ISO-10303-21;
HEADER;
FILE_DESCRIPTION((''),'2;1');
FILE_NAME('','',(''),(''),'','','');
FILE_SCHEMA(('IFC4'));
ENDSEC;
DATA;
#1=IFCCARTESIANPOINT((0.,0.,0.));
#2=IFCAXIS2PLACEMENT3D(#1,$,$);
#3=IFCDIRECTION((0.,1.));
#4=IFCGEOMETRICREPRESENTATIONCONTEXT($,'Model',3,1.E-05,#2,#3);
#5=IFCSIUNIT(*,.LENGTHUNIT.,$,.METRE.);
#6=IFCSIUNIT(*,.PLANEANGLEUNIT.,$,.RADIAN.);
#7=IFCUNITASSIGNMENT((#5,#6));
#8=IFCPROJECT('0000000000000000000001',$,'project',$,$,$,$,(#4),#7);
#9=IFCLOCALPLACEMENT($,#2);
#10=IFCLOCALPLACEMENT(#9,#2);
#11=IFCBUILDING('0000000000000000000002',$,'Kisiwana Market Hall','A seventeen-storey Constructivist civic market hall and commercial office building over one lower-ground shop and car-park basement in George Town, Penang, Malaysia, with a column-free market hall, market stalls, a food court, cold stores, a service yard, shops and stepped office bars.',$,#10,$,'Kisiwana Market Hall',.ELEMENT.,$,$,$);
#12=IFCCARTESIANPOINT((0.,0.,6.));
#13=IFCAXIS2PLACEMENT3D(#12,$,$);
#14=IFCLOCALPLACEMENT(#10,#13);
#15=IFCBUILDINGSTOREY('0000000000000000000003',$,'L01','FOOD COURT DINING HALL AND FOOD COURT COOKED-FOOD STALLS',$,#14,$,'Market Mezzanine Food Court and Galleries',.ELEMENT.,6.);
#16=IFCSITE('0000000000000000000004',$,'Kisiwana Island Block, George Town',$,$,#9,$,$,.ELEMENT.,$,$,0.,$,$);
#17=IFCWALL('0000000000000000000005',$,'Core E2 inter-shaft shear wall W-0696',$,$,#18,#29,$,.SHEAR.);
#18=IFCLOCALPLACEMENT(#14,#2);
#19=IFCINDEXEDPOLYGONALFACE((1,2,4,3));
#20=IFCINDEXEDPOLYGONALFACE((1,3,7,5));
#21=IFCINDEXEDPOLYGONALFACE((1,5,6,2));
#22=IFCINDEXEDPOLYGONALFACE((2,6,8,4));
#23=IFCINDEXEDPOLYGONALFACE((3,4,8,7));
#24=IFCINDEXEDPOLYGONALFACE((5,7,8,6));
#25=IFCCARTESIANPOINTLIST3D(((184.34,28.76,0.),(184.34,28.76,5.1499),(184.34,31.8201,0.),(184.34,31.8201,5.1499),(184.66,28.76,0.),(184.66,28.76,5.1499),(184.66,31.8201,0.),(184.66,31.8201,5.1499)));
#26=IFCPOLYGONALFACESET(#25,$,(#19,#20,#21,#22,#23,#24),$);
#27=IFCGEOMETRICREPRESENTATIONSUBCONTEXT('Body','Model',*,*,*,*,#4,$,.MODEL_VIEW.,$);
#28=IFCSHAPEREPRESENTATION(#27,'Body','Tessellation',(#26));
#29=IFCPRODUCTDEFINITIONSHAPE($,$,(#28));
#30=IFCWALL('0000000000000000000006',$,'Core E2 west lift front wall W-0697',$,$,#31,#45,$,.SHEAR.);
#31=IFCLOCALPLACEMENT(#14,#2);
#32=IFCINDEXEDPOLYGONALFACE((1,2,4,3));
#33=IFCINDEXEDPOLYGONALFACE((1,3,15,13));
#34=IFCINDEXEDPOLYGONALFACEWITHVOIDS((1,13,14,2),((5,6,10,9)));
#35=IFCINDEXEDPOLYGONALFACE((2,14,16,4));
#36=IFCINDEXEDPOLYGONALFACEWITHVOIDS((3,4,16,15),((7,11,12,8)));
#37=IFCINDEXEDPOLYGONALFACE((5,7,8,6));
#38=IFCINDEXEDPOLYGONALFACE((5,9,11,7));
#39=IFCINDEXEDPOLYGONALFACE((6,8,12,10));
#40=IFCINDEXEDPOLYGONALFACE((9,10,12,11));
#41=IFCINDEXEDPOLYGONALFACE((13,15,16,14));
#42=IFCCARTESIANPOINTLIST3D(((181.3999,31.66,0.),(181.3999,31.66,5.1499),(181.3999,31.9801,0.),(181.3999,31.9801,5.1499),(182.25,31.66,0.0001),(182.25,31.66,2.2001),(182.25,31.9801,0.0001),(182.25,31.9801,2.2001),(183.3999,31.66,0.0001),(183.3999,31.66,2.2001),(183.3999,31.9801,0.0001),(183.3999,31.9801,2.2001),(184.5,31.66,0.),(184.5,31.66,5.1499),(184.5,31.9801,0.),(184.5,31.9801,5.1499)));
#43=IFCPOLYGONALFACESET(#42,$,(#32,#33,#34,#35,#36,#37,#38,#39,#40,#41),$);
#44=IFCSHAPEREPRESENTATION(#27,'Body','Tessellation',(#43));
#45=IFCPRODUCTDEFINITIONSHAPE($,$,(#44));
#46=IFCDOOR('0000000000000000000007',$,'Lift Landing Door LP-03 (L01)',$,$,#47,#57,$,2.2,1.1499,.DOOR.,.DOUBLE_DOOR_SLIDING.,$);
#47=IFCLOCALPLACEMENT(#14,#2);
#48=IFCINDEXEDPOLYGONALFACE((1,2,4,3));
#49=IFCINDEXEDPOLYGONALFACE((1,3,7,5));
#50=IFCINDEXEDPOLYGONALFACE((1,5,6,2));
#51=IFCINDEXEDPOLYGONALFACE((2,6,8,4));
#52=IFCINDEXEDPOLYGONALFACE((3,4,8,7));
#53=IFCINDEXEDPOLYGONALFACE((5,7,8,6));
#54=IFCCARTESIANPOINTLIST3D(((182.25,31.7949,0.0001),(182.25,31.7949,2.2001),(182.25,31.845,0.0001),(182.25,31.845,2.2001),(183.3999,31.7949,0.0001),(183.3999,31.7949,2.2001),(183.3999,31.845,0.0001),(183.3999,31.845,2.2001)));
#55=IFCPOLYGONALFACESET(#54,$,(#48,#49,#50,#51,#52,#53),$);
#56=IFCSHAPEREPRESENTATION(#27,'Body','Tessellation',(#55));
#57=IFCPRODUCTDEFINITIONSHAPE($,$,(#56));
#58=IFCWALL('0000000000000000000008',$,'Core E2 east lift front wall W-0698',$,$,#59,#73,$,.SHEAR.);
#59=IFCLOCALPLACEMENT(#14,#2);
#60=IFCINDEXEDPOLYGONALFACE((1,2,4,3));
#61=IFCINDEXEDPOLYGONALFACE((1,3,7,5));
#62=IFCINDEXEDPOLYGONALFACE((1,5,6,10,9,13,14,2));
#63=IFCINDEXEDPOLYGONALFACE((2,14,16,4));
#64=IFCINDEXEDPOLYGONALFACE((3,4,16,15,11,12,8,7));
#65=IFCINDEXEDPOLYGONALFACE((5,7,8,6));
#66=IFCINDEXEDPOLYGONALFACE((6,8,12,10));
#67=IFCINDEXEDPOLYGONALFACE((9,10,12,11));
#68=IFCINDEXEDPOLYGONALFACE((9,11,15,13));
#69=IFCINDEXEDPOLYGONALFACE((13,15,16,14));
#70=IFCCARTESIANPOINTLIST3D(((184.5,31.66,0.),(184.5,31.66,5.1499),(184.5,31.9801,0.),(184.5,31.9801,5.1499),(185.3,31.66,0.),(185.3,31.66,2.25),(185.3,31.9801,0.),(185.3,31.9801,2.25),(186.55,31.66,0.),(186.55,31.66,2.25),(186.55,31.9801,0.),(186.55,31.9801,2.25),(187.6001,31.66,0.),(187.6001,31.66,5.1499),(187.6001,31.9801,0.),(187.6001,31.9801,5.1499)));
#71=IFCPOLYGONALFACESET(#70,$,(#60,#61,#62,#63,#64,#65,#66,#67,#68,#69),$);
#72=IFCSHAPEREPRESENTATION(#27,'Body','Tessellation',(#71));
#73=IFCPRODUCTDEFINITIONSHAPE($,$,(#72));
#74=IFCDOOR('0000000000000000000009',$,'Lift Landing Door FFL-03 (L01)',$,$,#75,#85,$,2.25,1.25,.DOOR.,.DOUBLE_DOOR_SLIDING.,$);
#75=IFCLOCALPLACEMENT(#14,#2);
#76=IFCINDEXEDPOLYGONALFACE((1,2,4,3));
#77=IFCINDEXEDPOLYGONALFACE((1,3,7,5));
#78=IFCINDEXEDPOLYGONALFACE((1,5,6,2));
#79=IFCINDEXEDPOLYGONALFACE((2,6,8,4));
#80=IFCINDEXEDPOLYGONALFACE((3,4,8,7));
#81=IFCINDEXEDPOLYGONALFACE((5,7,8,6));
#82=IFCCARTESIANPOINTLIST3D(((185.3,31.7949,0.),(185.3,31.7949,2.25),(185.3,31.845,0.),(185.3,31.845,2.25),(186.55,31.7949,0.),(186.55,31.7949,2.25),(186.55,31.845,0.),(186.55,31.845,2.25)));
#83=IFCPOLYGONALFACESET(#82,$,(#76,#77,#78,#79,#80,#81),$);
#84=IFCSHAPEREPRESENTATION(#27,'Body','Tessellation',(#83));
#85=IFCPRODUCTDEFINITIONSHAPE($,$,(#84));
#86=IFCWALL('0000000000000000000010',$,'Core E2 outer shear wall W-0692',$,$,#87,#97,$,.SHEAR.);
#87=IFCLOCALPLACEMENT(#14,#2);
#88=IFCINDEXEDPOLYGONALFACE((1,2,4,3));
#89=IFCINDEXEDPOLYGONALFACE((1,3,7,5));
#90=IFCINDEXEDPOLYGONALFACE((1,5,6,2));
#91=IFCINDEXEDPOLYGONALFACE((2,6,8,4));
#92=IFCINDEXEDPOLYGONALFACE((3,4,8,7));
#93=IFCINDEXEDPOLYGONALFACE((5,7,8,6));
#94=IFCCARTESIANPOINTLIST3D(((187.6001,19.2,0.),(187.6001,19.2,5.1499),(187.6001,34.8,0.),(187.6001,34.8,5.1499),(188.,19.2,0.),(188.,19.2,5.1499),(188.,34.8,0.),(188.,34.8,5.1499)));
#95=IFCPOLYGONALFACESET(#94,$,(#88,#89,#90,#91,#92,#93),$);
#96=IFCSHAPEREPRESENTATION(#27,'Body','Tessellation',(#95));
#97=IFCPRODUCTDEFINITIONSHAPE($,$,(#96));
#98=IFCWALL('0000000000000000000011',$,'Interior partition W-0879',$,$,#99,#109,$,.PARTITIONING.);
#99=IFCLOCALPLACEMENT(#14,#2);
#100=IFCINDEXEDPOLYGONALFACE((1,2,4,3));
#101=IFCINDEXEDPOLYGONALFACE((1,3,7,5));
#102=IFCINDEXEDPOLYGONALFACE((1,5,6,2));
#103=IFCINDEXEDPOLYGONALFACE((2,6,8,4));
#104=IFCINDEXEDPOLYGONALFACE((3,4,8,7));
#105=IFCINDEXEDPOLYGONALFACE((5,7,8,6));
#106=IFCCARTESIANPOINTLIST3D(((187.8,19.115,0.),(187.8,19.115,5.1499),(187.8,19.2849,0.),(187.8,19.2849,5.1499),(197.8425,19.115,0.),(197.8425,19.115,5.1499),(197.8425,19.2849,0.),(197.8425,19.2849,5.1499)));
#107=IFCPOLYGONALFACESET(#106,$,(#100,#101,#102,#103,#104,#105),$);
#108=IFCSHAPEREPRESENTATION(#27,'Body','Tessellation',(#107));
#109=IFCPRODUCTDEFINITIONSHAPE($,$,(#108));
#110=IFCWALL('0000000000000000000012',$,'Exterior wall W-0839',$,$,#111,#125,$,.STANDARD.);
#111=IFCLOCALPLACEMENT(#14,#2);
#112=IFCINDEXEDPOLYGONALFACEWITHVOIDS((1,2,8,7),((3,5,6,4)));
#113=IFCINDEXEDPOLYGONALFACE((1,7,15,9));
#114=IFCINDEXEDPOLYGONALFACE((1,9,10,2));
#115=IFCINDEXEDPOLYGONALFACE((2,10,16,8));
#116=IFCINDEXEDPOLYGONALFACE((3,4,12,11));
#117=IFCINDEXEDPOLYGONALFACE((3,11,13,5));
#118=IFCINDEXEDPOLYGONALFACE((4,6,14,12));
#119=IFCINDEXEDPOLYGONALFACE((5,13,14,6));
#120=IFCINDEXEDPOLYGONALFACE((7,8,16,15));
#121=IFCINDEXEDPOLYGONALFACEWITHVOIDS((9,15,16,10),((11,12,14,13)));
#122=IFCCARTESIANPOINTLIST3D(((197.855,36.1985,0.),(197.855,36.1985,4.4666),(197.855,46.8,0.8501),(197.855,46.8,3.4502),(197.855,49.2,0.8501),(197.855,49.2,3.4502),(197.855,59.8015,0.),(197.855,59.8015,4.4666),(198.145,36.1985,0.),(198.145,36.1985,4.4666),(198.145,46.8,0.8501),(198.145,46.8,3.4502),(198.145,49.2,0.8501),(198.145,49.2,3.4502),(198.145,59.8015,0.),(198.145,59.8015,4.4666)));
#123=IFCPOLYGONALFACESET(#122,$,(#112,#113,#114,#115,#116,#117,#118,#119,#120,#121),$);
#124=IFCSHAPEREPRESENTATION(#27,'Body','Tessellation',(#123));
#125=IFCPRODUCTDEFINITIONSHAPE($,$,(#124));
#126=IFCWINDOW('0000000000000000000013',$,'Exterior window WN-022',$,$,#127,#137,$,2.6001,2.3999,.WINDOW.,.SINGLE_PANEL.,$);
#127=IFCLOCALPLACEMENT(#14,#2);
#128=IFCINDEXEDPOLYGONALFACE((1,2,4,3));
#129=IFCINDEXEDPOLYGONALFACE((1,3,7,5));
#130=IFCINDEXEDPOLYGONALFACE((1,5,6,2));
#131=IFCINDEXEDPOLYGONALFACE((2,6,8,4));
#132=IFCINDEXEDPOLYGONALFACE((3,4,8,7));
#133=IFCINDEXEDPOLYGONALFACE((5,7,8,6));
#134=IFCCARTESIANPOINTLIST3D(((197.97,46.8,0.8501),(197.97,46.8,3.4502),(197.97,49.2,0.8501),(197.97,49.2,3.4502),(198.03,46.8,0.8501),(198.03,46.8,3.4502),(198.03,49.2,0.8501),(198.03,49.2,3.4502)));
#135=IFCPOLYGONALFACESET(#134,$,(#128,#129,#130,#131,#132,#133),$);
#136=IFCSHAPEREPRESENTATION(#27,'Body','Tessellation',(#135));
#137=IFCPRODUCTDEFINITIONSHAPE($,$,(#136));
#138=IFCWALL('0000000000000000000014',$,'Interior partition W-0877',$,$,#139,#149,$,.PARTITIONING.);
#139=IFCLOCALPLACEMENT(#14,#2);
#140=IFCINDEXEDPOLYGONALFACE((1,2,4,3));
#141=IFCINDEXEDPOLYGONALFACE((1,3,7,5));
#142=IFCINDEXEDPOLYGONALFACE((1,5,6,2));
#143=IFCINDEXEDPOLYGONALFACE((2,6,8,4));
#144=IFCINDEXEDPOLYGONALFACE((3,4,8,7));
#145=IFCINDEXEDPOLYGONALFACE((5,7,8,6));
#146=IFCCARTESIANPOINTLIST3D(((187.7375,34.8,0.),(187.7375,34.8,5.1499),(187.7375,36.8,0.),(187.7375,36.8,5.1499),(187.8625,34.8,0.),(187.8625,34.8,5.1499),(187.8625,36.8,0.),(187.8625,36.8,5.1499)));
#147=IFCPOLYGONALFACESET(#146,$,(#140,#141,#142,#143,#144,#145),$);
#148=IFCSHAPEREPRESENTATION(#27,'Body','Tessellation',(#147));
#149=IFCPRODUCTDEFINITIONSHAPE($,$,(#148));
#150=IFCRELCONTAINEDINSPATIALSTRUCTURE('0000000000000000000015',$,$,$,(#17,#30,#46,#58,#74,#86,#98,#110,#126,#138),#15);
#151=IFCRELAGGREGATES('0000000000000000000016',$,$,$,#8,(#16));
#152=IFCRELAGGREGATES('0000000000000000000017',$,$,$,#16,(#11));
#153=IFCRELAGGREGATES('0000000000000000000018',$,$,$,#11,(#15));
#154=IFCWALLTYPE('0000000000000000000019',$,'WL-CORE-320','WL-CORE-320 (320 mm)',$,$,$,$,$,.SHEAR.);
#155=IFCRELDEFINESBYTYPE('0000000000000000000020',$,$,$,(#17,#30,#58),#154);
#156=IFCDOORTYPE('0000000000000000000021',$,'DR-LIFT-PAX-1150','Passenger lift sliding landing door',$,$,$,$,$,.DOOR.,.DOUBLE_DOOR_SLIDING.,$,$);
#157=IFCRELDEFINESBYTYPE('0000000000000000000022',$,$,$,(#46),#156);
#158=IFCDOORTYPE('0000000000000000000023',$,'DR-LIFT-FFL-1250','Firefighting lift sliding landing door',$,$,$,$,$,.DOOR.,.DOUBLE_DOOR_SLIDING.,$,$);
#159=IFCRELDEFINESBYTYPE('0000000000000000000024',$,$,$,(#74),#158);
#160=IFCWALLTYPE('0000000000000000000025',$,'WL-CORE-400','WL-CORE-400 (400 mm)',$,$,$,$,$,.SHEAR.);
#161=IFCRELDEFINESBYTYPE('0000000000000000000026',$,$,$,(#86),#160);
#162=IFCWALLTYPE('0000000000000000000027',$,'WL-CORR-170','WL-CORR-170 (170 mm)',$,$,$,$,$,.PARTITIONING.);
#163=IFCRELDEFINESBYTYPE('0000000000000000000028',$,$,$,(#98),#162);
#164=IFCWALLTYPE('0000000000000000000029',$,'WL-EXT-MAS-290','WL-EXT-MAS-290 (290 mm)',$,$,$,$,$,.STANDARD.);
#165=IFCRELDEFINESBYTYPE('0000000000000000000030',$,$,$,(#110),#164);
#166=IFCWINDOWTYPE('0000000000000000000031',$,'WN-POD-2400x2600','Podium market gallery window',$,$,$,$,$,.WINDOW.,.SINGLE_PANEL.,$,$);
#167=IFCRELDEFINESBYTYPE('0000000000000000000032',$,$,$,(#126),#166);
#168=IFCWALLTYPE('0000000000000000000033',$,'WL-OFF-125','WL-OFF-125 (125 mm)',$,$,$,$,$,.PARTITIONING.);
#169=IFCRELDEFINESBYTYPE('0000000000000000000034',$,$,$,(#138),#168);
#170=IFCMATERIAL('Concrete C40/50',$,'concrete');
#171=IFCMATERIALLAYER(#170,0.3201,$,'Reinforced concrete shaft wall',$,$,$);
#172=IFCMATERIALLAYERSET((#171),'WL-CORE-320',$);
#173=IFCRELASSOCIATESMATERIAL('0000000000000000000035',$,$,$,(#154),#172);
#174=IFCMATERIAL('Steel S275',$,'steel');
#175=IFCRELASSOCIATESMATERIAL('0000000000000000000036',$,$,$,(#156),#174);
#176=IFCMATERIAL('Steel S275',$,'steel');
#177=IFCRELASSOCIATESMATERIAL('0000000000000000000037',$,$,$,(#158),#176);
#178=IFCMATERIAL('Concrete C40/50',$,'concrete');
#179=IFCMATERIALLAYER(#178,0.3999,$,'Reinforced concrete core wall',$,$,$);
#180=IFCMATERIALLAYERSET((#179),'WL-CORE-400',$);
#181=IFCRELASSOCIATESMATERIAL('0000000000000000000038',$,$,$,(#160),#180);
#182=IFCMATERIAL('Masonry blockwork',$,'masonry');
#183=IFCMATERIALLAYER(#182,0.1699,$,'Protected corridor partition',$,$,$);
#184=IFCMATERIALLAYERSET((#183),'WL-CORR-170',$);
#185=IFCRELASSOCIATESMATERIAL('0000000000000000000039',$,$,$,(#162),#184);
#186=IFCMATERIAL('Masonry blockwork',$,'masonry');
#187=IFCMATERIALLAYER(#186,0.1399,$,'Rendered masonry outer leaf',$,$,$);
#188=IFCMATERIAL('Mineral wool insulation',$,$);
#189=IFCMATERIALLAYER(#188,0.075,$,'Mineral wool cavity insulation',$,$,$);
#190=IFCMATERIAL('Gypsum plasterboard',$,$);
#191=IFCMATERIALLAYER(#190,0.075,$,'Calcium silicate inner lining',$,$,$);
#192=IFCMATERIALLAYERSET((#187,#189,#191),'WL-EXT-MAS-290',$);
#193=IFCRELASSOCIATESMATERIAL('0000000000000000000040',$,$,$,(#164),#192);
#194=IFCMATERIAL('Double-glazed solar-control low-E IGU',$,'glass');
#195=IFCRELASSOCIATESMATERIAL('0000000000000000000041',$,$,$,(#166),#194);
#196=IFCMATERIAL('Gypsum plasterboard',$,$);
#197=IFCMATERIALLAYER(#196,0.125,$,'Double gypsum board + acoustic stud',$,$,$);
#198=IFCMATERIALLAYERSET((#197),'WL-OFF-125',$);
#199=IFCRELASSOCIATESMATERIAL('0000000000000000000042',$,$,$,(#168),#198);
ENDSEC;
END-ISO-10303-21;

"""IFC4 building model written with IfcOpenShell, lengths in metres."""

from ifc_helpers import new_model, si_unit, direction, frame, frame_2d, origin, place, context, subcontext, project, spatial, rectangle, extrude, material, layer, layer_set, type_object, element, fill, save


model = new_model("IFC4")

# Units and contexts
model_context = context("Model", 3, precision=1e-05, world=origin(), true_north=direction((0.0, 1.0)))
body_context = subcontext(model_context, "Body", "Model", "MODEL_VIEW")
ifc_project = project(units=[si_unit("LENGTHUNIT", "METRE"), si_unit("PLANEANGLEUNIT", "RADIAN")], contexts=[model_context])

# Site, building, storey
site_placement = place(None, origin())
site = spatial("IfcSite", under=ifc_project, at=site_placement, Name="Kisiwana Island Block, George Town", CompositionType="ELEMENT", RefElevation=0.0)
building_placement = place(site_placement, origin())
building = spatial("IfcBuilding", under=site, at=building_placement, Name="Kisiwana Market Hall", Description="A seventeen-storey Constructivist civic market hall and commercial office building over one lower-ground shop and car-park basement in George Town, Penang, Malaysia, with a column-free market hall, market stalls, a food court, cold stores, a service yard, shops and stepped office bars.", LongName="Kisiwana Market Hall", CompositionType="ELEMENT")
storey_placement = place(building_placement, frame((0.0, 0.0, 6.0)))
storey = spatial("IfcBuildingStorey", under=building, at=storey_placement, Name="L01", Description="FOOD COURT DINING HALL AND FOOD COURT COOKED-FOOD STALLS", LongName="Market Mezzanine Food Court and Galleries", CompositionType="ELEMENT", Elevation=6.0)

# Wall
ifc_material_1 = material(Name="Concrete C40/50", Category="concrete")
ifc_layer_1 = layer(ifc_material_1, 0.3201, Name="Reinforced concrete shaft wall")
ifc_layer_set_1 = layer_set([ifc_layer_1], Name="WL-CORE-320")
wall_type_1 = type_object("IfcWallType", Name="WL-CORE-320", Description="WL-CORE-320 (320 mm)", PredefinedType="SHEAR", material=ifc_layer_set_1)
wall_1_placement = place(storey_placement, frame((184.5, 28.76, 0.0), z_axis=(0.0, 0.0, 1.0), x_axis=(0.0, 1.0, 0.0)))
element("IfcWall", 1, at=wall_1_placement, inside=storey, type_object=wall_type_1, Name="Core E2 inter-shaft shear wall W-0696", PredefinedType="SHEAR", context=body_context, shape_type="SweptSolid", body=[
    extrude(rectangle(XDim=3.0601, YDim=0.3201, at=frame_2d((1.53, 0.0))), origin(), (0.0, 0.0, 1.0), 5.1499),
])

# Walls, openings, doors
wall_2_placement = place(storey_placement, frame((181.3999, 31.8201, 0.0), z_axis=(0.0, 0.0, 1.0), x_axis=(1.0, 0.0, 0.0)))
wall_2 = element("IfcWall", 2, at=wall_2_placement, inside=storey, type_object=wall_type_1, Name="Core E2 west lift front wall W-0697", PredefinedType="SHEAR", context=body_context, shape_type="SweptSolid", body=[
    extrude(rectangle(XDim=3.1001, YDim=0.3201, at=frame_2d((1.55, 0.0))), origin(), (0.0, 0.0, 1.0), 5.1499),
])
opening_1_placement = place(wall_2_placement, frame((0.8501, 0.0, 0.0)))
opening_1 = element("IfcOpeningElement", 3, at=opening_1_placement, cuts=wall_2, PredefinedType="OPENING", context=body_context, shape_type="SweptSolid", body=[
    extrude(rectangle(XDim=1.1499, YDim=2.2, at=frame_2d((0.575, 1.1001))), frame((0.0, 0.1719, 0.0), z_axis=(0.0, -1.0, 0.0), x_axis=(1.0, 0.0, 0.0)), (0.0, 0.0, 1.0), 0.344),
])
ifc_material_2 = material(Name="Steel S275", Category="steel")
door_type_1 = type_object("IfcDoorType", Name="DR-LIFT-PAX-1150", Description="Passenger lift sliding landing door", OperationType="DOUBLE_DOOR_SLIDING", PredefinedType="DOOR", material=ifc_material_2)
door_1_placement = place(opening_1_placement, origin())
door_1 = element("IfcDoor", 4, at=door_1_placement, inside=storey, type_object=door_type_1, Name="Lift Landing Door LP-03 (L01)", OperationType="DOUBLE_DOOR_SLIDING", OverallHeight=2.2, OverallWidth=1.1499, PredefinedType="DOOR", context=body_context, shape_type="SweptSolid", body=[
    extrude(rectangle(XDim=1.1499, YDim=2.2, at=frame_2d((0.575, 1.1001))), frame((0.0, 0.0249, 0.0), z_axis=(0.0, -1.0, 0.0), x_axis=(1.0, 0.0, 0.0)), (0.0, 0.0, 1.0), 0.05),
])
fill(opening_1, door_1)
wall_3_placement = place(storey_placement, frame((184.5, 31.8201, 0.0), z_axis=(0.0, 0.0, 1.0), x_axis=(1.0, 0.0, 0.0)))
wall_3 = element("IfcWall", 5, at=wall_3_placement, inside=storey, type_object=wall_type_1, Name="Core E2 east lift front wall W-0698", PredefinedType="SHEAR", context=body_context, shape_type="SweptSolid", body=[
    extrude(rectangle(XDim=3.1001, YDim=0.3201, at=frame_2d((1.55, 0.0))), origin(), (0.0, 0.0, 1.0), 5.1499),
])
opening_2_placement = place(wall_3_placement, frame((0.8, 0.0, 0.0)))
opening_2 = element("IfcOpeningElement", 6, at=opening_2_placement, cuts=wall_3, PredefinedType="OPENING", context=body_context, shape_type="SweptSolid", body=[
    extrude(rectangle(XDim=1.25, YDim=2.25, at=frame_2d((0.625, 1.125))), frame((0.0, 0.1719, 0.0), z_axis=(0.0, -1.0, 0.0), x_axis=(1.0, 0.0, 0.0)), (0.0, 0.0, 1.0), 0.344),
])
ifc_material_3 = material(Name="Steel S275", Category="steel")
door_type_2 = type_object("IfcDoorType", Name="DR-LIFT-FFL-1250", Description="Firefighting lift sliding landing door", OperationType="DOUBLE_DOOR_SLIDING", PredefinedType="DOOR", material=ifc_material_3)
door_2_placement = place(opening_2_placement, origin())
door_2 = element("IfcDoor", 7, at=door_2_placement, inside=storey, type_object=door_type_2, Name="Lift Landing Door FFL-03 (L01)", OperationType="DOUBLE_DOOR_SLIDING", OverallHeight=2.25, OverallWidth=1.25, PredefinedType="DOOR", context=body_context, shape_type="SweptSolid", body=[
    extrude(rectangle(XDim=1.25, YDim=2.25, at=frame_2d((0.625, 1.125))), frame((0.0, 0.0249, 0.0), z_axis=(0.0, -1.0, 0.0), x_axis=(1.0, 0.0, 0.0)), (0.0, 0.0, 1.0), 0.05),
])
fill(opening_2, door_2)

# Walls
ifc_material_4 = material(Name="Concrete C40/50", Category="concrete")
ifc_layer_2 = layer(ifc_material_4, 0.3999, Name="Reinforced concrete core wall")
ifc_layer_set_2 = layer_set([ifc_layer_2], Name="WL-CORE-400")
wall_type_2 = type_object("IfcWallType", Name="WL-CORE-400", Description="WL-CORE-400 (400 mm)", PredefinedType="SHEAR", material=ifc_layer_set_2)
wall_4_placement = place(storey_placement, frame((187.8, 19.2, 0.0), z_axis=(0.0, 0.0, 1.0), x_axis=(0.0, 1.0, 0.0)))
element("IfcWall", 8, at=wall_4_placement, inside=storey, type_object=wall_type_2, Name="Core E2 outer shear wall W-0692", PredefinedType="SHEAR", context=body_context, shape_type="SweptSolid", body=[
    extrude(rectangle(XDim=15.6001, YDim=0.3999, at=frame_2d((7.8, 0.0))), origin(), (0.0, 0.0, 1.0), 5.1499),
])
ifc_material_5 = material(Name="Masonry blockwork", Category="masonry")
ifc_layer_3 = layer(ifc_material_5, 0.1699, Name="Protected corridor partition")
ifc_layer_set_3 = layer_set([ifc_layer_3], Name="WL-CORR-170")
wall_type_3 = type_object("IfcWallType", Name="WL-CORR-170", Description="WL-CORR-170 (170 mm)", PredefinedType="PARTITIONING", material=ifc_layer_set_3)
wall_5_placement = place(storey_placement, frame((187.8, 19.2, 0.0), z_axis=(0.0, 0.0, 1.0), x_axis=(1.0, 0.0, 0.0)))
element("IfcWall", 9, at=wall_5_placement, inside=storey, type_object=wall_type_3, Name="Interior partition W-0879", PredefinedType="PARTITIONING", context=body_context, shape_type="SweptSolid", body=[
    extrude(rectangle(XDim=10.0425, YDim=0.1699, at=frame_2d((5.0212, 0.0))), origin(), (0.0, 0.0, 1.0), 5.1499),
])

# Wall, opening, window
ifc_material_6 = material(Name="Masonry blockwork", Category="masonry")
ifc_layer_4 = layer(ifc_material_6, 0.1399, Name="Rendered masonry outer leaf")
ifc_material_7 = material(Name="Mineral wool insulation")
ifc_layer_5 = layer(ifc_material_7, 0.075, Name="Mineral wool cavity insulation")
ifc_material_8 = material(Name="Gypsum plasterboard")
ifc_layer_6 = layer(ifc_material_8, 0.075, Name="Calcium silicate inner lining")
ifc_layer_set_4 = layer_set([ifc_layer_4, ifc_layer_5, ifc_layer_6], Name="WL-EXT-MAS-290")
wall_type_4 = type_object("IfcWallType", Name="WL-EXT-MAS-290", Description="WL-EXT-MAS-290 (290 mm)", PredefinedType="STANDARD", material=ifc_layer_set_4)
wall_6_placement = place(storey_placement, frame((198.0, 36.1985, 0.0), z_axis=(0.0, 0.0, 1.0), x_axis=(0.0, 1.0, 0.0)))
wall_6 = element("IfcWall", 10, at=wall_6_placement, inside=storey, type_object=wall_type_4, Name="Exterior wall W-0839", PredefinedType="STANDARD", context=body_context, shape_type="SweptSolid", body=[
    extrude(rectangle(XDim=23.603, YDim=0.29, at=frame_2d((11.8015, 0.0))), origin(), (0.0, 0.0, 1.0), 4.4666),
])
opening_3_placement = place(wall_6_placement, frame((10.6016, 0.0, 0.8501)))
opening_3 = element("IfcOpeningElement", 11, at=opening_3_placement, cuts=wall_6, PredefinedType="OPENING", context=body_context, shape_type="SweptSolid", body=[
    extrude(rectangle(XDim=2.3999, YDim=2.6001, at=frame_2d((1.2, 1.3))), frame((0.0, 0.157, 0.0), z_axis=(0.0, -1.0, 0.0), x_axis=(1.0, 0.0, 0.0)), (0.0, 0.0, 1.0), 0.314),
])
ifc_material_9 = material(Name="Double-glazed solar-control low-E IGU", Category="glass")
window_type = type_object("IfcWindowType", Name="WN-POD-2400x2600", Description="Podium market gallery window", PartitioningType="SINGLE_PANEL", PredefinedType="WINDOW", material=ifc_material_9)
window_placement = place(opening_3_placement, origin())
window = element("IfcWindow", 12, at=window_placement, inside=storey, type_object=window_type, Name="Exterior window WN-022", OverallHeight=2.6001, OverallWidth=2.3999, PartitioningType="SINGLE_PANEL", PredefinedType="WINDOW", context=body_context, shape_type="SweptSolid", body=[
    extrude(rectangle(XDim=2.3999, YDim=2.6001, at=frame_2d((1.2, 1.3))), frame((0.0, 0.03, 0.0), z_axis=(0.0, -1.0, 0.0), x_axis=(1.0, 0.0, 0.0)), (0.0, 0.0, 1.0), 0.0601),
])
fill(opening_3, window)

# Wall
ifc_material_10 = material(Name="Gypsum plasterboard")
ifc_layer_7 = layer(ifc_material_10, 0.125, Name="Double gypsum board + acoustic stud")
ifc_layer_set_5 = layer_set([ifc_layer_7], Name="WL-OFF-125")
wall_type_5 = type_object("IfcWallType", Name="WL-OFF-125", Description="WL-OFF-125 (125 mm)", PredefinedType="PARTITIONING", material=ifc_layer_set_5)
wall_7_placement = place(storey_placement, frame((187.8, 34.8, 0.0), z_axis=(0.0, 0.0, 1.0), x_axis=(0.0, 1.0, 0.0)))
element("IfcWall", 13, at=wall_7_placement, inside=storey, type_object=wall_type_5, Name="Interior partition W-0877", PredefinedType="PARTITIONING", context=body_context, shape_type="SweptSolid", body=[
    extrude(rectangle(XDim=2.0, YDim=0.125, at=frame_2d((1.0, 0.0))), origin(), (0.0, 0.0, 1.0), 5.1499),
])

save(model, "model.ifc")
